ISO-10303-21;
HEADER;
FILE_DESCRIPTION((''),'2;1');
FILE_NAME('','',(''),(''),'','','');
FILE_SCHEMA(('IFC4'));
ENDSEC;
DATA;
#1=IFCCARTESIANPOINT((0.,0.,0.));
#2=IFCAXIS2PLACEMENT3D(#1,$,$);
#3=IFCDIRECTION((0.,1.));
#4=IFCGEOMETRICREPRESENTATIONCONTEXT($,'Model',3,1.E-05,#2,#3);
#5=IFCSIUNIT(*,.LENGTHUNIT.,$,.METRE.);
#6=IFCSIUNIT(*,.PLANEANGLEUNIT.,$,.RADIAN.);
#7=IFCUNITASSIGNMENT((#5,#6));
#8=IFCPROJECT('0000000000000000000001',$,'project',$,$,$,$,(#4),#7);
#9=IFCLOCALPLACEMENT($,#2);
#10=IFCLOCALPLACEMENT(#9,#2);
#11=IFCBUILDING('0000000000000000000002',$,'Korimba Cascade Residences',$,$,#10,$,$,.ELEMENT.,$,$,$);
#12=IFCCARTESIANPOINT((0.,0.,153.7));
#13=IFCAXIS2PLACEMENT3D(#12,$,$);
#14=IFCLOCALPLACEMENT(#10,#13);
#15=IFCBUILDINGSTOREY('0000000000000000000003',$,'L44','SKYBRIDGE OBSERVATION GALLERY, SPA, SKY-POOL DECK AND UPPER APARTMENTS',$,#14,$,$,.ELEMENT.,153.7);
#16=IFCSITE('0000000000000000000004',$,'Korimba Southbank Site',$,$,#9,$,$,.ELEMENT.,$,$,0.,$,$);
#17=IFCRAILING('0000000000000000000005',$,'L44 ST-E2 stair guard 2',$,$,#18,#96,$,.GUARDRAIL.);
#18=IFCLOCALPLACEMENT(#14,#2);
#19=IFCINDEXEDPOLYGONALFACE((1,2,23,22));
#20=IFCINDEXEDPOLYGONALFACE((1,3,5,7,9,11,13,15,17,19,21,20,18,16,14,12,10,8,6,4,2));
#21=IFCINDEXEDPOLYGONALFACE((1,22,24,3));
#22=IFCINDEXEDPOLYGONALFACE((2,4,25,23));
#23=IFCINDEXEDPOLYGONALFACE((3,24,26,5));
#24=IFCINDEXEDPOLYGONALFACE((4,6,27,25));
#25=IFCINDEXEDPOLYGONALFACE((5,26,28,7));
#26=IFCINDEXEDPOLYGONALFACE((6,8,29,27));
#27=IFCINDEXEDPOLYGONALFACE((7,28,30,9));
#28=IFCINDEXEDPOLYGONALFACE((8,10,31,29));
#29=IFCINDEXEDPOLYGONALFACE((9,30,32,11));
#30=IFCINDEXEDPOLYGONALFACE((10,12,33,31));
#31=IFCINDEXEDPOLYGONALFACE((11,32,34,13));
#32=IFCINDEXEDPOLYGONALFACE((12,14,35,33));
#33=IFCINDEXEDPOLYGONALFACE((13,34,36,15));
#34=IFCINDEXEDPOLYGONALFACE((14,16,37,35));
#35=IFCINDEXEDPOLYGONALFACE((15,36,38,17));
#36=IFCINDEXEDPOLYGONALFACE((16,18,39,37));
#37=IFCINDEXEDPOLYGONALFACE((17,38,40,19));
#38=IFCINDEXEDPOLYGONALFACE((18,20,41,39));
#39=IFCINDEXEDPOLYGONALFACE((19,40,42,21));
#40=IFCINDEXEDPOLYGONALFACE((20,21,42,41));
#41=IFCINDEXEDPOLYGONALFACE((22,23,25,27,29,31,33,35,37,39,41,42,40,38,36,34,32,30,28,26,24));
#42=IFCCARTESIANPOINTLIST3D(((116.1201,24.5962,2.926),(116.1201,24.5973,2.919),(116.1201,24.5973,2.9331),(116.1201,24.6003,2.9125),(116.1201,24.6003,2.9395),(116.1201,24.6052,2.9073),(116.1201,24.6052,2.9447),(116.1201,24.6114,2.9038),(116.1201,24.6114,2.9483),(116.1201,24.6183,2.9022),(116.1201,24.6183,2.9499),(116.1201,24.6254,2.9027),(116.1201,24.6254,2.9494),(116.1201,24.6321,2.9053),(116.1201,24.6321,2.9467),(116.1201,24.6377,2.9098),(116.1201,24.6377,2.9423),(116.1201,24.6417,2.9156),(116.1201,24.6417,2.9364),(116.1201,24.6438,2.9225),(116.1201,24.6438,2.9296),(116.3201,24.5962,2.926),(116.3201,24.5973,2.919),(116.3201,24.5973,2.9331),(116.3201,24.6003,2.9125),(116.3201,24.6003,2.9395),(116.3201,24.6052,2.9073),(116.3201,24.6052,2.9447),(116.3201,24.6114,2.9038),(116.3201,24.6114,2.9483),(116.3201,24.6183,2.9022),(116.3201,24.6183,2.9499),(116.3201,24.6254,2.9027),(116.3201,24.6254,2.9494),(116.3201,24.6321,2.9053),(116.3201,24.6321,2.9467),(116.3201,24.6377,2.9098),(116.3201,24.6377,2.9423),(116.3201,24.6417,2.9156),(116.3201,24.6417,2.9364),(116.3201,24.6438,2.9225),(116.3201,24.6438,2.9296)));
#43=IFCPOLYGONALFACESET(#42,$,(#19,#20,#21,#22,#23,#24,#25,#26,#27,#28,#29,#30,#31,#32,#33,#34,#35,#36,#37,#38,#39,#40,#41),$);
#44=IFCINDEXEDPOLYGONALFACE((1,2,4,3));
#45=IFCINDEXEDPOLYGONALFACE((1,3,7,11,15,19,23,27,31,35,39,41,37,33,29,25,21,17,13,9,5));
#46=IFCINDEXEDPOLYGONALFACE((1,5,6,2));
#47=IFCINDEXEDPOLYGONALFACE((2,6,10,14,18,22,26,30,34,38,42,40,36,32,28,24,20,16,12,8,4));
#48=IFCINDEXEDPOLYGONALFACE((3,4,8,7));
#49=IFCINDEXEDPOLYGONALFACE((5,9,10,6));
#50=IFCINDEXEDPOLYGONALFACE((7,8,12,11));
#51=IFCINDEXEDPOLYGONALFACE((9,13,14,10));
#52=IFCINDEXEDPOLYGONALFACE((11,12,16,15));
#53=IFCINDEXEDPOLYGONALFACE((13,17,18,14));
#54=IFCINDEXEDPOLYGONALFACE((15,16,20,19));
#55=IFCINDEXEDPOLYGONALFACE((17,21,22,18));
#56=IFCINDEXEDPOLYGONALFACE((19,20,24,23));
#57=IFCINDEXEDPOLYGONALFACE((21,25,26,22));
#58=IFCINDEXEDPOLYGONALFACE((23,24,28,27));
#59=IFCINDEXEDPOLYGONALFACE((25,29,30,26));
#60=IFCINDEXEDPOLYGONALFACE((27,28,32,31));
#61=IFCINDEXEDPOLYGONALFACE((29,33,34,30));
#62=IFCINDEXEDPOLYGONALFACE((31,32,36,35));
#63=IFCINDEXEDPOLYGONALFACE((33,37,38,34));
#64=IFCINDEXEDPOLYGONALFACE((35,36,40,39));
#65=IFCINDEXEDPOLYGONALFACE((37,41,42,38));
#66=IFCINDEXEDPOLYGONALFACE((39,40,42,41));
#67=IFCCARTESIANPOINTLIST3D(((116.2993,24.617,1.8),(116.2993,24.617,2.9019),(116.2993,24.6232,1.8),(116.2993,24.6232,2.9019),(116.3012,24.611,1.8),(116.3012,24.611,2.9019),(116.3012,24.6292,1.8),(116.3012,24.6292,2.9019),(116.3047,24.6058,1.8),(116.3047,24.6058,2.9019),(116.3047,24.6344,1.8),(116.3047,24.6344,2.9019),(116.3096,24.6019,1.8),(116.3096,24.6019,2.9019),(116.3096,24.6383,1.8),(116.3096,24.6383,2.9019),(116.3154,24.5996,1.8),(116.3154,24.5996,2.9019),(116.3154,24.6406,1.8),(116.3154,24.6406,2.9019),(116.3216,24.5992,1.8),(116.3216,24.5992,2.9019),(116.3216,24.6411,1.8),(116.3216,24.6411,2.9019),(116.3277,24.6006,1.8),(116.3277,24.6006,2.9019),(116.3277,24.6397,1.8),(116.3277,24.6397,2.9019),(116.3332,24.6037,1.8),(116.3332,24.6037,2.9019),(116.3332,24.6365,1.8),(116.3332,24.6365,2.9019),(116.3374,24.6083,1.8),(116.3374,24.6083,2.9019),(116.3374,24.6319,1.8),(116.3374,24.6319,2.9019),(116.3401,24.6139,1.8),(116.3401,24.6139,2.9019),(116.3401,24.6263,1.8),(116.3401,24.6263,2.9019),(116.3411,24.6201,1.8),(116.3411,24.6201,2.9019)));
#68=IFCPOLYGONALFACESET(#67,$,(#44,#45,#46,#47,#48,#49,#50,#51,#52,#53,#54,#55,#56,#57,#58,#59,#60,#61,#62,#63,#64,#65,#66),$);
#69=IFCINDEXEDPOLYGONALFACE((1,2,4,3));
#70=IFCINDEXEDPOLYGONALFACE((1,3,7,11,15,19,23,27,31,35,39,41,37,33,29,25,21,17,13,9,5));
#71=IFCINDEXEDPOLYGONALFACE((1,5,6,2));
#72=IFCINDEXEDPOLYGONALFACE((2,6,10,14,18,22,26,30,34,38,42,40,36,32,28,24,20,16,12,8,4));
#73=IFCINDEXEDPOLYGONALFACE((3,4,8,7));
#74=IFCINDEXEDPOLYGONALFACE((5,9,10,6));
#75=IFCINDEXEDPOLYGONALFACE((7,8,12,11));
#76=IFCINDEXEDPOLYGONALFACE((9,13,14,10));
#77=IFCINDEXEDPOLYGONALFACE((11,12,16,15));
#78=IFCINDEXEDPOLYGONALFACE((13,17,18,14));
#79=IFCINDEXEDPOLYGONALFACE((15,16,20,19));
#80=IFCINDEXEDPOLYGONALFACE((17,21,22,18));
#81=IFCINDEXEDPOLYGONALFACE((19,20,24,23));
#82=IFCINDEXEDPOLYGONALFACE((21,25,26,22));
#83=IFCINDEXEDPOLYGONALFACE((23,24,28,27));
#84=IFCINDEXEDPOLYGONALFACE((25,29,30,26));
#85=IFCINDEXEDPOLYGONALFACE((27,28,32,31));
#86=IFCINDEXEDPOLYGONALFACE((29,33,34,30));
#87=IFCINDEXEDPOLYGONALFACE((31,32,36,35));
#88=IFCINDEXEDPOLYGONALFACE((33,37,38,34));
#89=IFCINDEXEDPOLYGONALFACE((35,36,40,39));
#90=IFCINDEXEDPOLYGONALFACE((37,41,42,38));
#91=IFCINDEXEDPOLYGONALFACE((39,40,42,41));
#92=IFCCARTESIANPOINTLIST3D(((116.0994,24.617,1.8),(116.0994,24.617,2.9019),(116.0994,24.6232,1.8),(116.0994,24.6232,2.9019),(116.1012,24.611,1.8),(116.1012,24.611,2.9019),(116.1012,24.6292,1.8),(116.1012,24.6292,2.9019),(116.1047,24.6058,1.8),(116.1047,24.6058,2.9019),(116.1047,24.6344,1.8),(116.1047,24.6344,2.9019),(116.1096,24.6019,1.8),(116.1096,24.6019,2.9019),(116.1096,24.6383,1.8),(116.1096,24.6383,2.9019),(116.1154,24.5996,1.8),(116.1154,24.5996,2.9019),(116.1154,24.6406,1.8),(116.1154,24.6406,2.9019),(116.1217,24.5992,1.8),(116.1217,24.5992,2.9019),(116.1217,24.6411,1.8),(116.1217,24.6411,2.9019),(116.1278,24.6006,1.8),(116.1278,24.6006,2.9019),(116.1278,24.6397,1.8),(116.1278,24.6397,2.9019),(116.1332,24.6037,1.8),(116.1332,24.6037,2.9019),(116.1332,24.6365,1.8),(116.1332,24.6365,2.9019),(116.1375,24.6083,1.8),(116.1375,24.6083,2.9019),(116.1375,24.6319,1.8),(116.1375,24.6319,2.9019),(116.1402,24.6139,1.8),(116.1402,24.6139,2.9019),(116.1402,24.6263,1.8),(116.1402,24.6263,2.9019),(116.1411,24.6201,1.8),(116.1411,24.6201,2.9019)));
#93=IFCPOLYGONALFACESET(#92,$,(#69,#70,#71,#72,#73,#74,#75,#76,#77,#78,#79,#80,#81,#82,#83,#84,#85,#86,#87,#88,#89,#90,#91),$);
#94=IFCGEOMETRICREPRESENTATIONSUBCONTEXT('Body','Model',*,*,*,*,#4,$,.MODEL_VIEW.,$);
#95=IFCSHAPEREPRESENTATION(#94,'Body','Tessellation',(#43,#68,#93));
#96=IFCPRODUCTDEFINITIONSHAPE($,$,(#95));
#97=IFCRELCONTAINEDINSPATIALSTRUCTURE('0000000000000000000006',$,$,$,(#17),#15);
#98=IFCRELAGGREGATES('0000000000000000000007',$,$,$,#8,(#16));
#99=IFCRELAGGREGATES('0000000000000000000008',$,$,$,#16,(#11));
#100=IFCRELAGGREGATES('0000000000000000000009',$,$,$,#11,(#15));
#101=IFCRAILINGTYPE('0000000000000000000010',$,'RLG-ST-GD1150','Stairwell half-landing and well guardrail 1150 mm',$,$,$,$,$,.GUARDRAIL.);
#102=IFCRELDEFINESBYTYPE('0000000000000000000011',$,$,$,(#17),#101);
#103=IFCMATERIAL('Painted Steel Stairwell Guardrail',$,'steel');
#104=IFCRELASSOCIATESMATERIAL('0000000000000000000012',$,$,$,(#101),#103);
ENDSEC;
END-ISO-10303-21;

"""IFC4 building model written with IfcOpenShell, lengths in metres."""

from ifc_helpers import new_model, si_unit, direction, frame, origin, origin_2d, place, context, subcontext, project, spatial, circle, extrude, material, type_object, element, save


model = new_model("IFC4")

# Units and contexts
model_context = context("Model", 3, precision=1e-05, world=origin(), true_north=direction((0.0, 1.0)))
body_context = subcontext(model_context, "Body", "Model", "MODEL_VIEW")
ifc_project = project(units=[si_unit("LENGTHUNIT", "METRE"), si_unit("PLANEANGLEUNIT", "RADIAN")], contexts=[model_context])

# Site, building, storey
site_placement = place(None, origin())
site = spatial("IfcSite", under=ifc_project, at=site_placement, Name="Korimba Southbank Site", CompositionType="ELEMENT", RefElevation=0.0)
building_placement = place(site_placement, origin())
building = spatial("IfcBuilding", under=site, at=building_placement, Name="Korimba Cascade Residences", CompositionType="ELEMENT")
storey_placement = place(building_placement, frame((0.0, 0.0, 153.7)))
storey = spatial("IfcBuildingStorey", under=building, at=storey_placement, Name="L44", Description="SKYBRIDGE OBSERVATION GALLERY, SPA, SKY-POOL DECK AND UPPER APARTMENTS", CompositionType="ELEMENT", Elevation=153.7)

# Railing
ifc_material_1 = material(Name="Painted Steel Stairwell Guardrail", Category="steel")
railing_type_1 = type_object("IfcRailingType", Name="RLG-ST-GD1150", Description="Stairwell half-landing and well guardrail 1150 mm", PredefinedType="GUARDRAIL", material=ifc_material_1)
railing_1_placement = place(storey_placement, frame((116.3201, 24.6201, 1.8)))
element("IfcRailing", 1, at=railing_1_placement, inside=storey, type_object=railing_type_1, Name="L44 ST-E2 stair guard 2", PredefinedType="GUARDRAIL", context=body_context, shape_type="SweptSolid", body=[
    extrude(circle(Radius=0.0239, at=origin_2d()), frame((0.0, 0.0, 1.126), z_axis=(-1.0, 0.0, 0.0), x_axis=(0.0, -1.0, 0.0)), (0.0, 0.0, 1.0), 0.2),
    extrude(circle(Radius=0.021, at=origin_2d()), origin(), (0.0, 0.0, 1.0), 1.1018),
    extrude(circle(Radius=0.021, at=origin_2d()), frame((-0.2, 0.0, 0.0)), (0.0, 0.0, 1.0), 1.1018),
])

save(model, "model.ifc")
